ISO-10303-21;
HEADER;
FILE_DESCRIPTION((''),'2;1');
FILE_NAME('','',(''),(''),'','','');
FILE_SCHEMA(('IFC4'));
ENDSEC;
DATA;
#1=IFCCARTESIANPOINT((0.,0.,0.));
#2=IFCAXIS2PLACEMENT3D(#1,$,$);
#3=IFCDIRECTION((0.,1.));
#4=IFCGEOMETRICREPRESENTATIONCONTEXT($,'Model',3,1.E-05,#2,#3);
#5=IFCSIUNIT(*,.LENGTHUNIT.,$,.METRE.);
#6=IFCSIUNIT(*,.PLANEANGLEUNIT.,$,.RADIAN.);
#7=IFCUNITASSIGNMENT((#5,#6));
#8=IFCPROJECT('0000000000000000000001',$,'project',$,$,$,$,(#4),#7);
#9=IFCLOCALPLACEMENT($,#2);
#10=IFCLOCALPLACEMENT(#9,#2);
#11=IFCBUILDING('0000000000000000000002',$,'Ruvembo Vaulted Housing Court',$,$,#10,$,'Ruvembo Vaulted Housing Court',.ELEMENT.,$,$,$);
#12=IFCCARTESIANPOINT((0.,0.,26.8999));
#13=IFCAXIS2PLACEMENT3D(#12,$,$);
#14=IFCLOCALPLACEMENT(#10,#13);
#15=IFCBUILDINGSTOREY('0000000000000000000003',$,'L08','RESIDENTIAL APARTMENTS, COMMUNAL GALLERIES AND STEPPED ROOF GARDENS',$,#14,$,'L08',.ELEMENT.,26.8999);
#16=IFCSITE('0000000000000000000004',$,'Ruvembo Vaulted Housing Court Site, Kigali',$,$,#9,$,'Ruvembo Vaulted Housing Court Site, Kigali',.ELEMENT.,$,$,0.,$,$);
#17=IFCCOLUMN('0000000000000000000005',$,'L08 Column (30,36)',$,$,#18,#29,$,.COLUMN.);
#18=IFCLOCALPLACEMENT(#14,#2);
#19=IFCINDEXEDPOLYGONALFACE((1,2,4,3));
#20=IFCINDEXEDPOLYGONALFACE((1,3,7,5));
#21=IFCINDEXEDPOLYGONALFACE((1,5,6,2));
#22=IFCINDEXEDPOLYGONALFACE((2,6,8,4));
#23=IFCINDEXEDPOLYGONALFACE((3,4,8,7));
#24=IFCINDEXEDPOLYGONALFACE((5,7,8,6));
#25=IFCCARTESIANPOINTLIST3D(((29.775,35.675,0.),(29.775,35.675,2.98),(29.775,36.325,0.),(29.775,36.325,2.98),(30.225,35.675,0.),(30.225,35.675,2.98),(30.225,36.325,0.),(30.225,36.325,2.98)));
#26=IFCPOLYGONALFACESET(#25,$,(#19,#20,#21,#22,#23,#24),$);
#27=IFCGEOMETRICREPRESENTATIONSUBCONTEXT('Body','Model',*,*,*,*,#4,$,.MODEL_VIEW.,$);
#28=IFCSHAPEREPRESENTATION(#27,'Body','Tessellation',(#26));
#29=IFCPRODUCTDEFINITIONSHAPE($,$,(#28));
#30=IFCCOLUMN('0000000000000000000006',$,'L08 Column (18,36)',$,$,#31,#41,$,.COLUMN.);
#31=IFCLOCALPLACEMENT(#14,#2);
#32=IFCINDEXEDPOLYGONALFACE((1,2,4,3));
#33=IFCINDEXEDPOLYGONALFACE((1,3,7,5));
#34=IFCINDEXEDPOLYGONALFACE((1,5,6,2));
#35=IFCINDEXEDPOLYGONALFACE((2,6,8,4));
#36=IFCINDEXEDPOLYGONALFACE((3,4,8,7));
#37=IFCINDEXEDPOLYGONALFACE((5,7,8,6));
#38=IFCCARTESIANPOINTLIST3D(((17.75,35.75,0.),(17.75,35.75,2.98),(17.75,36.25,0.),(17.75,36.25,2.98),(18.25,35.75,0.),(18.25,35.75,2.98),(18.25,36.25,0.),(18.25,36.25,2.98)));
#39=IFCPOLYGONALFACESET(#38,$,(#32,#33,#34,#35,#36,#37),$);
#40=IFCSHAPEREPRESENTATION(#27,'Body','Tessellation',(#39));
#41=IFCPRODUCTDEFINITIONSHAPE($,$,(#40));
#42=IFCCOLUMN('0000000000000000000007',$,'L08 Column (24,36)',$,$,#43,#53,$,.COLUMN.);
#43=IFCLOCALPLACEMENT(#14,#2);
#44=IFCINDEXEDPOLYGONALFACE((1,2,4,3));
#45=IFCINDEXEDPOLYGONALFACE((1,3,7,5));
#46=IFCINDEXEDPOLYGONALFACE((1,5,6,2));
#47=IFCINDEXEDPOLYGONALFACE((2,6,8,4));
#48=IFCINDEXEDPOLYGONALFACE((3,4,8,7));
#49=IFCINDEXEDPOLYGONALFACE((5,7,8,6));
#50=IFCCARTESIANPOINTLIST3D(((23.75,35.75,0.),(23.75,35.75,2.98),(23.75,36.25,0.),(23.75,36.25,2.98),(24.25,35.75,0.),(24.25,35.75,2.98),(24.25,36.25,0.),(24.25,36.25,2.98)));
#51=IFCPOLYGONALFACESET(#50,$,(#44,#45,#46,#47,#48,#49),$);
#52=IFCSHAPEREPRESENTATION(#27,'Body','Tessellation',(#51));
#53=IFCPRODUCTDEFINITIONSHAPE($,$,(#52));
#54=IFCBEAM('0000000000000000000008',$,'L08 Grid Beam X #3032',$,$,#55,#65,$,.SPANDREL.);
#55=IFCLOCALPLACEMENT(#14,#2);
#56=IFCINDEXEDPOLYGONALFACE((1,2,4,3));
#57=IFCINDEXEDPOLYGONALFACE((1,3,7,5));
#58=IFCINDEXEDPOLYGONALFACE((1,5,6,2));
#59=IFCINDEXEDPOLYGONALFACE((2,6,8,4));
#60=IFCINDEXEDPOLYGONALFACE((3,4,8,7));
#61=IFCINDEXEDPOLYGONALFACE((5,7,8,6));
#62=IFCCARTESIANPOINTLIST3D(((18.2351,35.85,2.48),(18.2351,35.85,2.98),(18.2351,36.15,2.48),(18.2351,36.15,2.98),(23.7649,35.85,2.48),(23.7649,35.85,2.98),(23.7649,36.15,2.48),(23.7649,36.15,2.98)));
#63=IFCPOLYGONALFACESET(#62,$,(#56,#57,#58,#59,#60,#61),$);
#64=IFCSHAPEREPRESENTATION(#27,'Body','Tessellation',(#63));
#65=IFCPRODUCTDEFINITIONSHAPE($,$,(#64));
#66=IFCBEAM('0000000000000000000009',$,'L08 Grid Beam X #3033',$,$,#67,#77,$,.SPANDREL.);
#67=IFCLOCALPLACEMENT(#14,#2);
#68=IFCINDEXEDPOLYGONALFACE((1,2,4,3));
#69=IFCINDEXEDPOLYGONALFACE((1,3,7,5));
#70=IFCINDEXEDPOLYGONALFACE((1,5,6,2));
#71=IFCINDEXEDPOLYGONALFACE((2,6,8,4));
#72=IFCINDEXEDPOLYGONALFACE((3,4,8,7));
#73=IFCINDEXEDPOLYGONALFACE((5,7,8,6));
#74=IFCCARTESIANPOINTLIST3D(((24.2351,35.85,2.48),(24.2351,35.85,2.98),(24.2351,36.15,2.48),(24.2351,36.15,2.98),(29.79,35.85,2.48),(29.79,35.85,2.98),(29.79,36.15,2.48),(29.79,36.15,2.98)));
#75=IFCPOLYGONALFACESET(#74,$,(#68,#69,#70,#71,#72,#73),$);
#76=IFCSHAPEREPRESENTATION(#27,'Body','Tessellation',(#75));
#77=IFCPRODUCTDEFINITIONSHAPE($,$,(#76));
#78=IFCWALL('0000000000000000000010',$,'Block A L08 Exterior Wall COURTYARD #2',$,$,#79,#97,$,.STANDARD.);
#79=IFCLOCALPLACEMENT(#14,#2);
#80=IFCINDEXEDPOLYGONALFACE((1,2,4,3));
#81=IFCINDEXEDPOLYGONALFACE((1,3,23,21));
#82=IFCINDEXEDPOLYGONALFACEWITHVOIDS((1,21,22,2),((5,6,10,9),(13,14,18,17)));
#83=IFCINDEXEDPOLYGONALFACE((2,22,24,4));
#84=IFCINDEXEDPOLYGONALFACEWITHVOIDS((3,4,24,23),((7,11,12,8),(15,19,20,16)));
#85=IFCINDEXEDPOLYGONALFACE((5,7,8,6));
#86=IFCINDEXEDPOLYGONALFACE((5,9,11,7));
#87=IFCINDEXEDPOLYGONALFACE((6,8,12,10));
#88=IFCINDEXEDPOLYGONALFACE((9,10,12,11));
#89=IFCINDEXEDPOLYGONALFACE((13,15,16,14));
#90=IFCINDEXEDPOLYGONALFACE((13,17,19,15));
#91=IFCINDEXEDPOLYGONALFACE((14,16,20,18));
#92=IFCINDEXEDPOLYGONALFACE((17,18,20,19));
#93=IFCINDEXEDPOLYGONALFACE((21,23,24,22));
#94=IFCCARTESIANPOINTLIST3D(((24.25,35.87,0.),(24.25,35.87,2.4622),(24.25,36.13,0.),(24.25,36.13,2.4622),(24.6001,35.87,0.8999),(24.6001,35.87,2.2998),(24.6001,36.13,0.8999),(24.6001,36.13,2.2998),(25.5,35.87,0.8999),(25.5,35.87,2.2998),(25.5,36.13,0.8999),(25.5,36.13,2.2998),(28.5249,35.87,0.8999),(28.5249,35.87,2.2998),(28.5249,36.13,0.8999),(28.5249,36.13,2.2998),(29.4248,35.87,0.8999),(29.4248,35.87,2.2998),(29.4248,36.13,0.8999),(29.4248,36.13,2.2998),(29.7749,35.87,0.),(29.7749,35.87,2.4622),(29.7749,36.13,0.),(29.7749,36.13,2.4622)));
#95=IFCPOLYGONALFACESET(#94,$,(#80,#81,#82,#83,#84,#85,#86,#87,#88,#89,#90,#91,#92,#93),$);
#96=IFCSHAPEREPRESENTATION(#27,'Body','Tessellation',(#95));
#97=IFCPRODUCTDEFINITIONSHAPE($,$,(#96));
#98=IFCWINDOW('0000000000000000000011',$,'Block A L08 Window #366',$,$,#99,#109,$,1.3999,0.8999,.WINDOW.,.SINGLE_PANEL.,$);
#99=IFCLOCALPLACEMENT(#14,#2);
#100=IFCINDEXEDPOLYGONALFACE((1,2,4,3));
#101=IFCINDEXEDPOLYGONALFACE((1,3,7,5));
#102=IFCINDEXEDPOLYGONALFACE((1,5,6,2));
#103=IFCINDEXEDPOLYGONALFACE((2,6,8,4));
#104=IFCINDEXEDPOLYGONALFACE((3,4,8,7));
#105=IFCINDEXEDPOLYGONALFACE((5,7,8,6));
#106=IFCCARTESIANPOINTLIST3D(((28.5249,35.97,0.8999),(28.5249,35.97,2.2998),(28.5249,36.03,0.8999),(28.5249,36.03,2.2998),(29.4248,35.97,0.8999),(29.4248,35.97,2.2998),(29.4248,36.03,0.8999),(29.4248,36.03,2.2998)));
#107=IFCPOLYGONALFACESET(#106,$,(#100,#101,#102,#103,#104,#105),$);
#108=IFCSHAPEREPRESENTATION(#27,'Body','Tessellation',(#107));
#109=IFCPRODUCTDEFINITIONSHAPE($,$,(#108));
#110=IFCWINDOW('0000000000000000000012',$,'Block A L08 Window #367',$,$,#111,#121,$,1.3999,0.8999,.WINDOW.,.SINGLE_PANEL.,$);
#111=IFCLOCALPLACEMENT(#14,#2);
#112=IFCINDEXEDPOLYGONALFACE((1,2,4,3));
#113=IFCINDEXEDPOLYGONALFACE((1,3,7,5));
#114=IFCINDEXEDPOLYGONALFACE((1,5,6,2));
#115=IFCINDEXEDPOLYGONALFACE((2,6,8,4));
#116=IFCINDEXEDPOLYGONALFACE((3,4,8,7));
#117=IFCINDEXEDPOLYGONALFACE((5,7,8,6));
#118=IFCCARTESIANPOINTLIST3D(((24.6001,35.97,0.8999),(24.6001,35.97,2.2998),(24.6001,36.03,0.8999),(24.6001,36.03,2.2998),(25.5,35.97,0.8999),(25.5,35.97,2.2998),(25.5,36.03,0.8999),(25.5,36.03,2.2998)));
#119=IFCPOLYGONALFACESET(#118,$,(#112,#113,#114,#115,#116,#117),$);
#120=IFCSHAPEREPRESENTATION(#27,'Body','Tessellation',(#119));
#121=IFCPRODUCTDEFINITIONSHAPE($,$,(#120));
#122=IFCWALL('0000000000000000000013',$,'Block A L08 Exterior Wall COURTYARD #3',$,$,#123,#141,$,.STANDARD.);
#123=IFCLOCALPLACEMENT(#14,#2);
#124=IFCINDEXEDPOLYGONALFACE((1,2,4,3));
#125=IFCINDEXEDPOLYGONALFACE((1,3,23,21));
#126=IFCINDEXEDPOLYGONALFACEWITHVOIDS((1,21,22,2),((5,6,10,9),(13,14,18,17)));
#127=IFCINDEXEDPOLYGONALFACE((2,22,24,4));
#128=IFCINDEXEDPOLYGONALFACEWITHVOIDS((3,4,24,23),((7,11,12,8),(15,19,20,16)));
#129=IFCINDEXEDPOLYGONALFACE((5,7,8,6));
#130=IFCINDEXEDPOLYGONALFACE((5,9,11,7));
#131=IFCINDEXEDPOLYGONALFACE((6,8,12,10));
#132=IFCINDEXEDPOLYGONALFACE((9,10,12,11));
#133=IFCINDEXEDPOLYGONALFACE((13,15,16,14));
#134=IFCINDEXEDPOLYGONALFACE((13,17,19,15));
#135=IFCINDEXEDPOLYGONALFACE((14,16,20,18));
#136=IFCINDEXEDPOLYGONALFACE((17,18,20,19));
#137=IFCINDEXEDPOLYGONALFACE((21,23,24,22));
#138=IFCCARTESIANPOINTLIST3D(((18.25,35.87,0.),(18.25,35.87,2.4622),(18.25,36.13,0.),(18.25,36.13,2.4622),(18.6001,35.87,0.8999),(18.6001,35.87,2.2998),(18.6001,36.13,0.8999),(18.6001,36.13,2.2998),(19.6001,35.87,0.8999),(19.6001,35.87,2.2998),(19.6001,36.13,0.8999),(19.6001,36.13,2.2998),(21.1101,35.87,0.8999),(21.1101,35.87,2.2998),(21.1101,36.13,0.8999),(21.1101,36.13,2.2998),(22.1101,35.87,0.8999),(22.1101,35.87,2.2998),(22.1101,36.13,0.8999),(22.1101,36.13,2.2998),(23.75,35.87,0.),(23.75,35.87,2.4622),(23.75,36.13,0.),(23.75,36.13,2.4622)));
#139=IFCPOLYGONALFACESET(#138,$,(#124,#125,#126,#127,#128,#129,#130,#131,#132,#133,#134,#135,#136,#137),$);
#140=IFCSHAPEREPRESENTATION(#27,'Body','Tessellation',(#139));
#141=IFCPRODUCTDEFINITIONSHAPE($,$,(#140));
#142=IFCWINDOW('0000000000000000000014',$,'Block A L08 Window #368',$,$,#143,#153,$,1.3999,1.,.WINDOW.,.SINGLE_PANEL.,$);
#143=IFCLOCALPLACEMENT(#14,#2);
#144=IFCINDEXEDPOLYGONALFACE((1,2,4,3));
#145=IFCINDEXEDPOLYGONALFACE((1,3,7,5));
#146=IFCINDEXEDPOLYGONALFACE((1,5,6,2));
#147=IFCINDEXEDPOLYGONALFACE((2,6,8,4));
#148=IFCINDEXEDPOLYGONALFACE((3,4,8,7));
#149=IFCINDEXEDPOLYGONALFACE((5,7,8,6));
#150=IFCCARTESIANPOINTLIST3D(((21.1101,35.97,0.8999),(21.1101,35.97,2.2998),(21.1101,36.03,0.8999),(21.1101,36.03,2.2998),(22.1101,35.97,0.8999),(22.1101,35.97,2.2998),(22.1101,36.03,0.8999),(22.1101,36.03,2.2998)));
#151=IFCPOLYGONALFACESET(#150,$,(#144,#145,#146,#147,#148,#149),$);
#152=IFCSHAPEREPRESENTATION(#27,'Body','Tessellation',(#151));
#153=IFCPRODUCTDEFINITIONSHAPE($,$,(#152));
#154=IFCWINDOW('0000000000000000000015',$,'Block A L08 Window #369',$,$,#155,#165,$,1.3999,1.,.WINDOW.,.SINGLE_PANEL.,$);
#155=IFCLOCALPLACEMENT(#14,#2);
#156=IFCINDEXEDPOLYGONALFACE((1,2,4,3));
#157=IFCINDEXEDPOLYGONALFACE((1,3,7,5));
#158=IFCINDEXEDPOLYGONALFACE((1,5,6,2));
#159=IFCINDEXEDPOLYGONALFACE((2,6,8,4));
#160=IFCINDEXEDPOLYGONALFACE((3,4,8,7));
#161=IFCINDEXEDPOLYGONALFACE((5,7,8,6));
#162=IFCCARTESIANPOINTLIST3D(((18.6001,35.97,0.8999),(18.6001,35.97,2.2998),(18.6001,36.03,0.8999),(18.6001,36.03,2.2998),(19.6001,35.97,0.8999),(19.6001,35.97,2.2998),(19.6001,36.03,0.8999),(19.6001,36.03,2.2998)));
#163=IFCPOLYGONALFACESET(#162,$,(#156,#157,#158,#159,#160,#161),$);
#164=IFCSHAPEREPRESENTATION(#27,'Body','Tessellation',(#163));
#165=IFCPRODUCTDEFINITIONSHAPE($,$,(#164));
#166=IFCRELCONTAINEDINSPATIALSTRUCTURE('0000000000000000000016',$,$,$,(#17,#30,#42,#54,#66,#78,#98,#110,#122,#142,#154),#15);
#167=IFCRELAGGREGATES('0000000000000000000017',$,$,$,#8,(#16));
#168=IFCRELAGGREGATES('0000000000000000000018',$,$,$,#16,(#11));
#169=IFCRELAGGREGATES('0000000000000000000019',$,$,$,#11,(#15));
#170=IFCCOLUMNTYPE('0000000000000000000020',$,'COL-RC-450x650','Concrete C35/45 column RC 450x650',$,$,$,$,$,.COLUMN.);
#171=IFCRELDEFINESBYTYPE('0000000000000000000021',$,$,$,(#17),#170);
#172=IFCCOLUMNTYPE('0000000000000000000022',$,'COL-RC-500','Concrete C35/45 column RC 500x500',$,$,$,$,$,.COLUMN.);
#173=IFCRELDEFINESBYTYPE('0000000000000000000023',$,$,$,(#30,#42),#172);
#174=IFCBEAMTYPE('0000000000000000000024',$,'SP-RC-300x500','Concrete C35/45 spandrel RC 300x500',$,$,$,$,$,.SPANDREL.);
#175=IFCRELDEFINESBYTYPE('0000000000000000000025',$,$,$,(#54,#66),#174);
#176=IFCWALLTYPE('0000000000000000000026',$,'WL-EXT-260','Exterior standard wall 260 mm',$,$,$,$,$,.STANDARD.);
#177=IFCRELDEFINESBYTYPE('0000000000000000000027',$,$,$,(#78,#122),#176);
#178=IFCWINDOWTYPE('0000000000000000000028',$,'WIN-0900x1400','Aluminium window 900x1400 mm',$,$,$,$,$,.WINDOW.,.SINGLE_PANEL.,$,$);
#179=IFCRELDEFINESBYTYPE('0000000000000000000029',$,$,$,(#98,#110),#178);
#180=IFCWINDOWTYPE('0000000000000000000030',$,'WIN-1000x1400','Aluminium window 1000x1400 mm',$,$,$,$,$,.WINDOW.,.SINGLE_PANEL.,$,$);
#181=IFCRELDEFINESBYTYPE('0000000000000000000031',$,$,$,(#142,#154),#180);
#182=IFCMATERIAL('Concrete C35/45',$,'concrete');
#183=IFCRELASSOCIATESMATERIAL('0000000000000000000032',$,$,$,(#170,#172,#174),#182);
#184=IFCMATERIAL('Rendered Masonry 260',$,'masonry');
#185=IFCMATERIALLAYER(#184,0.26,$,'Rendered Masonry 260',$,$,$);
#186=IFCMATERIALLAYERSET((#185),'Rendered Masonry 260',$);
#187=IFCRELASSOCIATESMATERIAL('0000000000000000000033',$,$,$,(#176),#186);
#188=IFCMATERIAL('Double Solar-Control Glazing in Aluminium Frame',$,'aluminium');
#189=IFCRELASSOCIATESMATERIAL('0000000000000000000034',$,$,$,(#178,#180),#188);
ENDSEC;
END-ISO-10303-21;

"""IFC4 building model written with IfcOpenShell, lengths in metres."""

from ifc_helpers import new_model, si_unit, direction, frame, frame_2d, origin, origin_2d, place, context, subcontext, project, spatial, rectangle, extrude, material, layer, layer_set, material_profile, profile_set, type_object, element, fill, save


model = new_model("IFC4")

# Units and contexts
model_context = context("Model", 3, precision=1e-05, world=origin(), true_north=direction((0.0, 1.0)))
body_context = subcontext(model_context, "Body", "Model", "MODEL_VIEW")
ifc_project = project(units=[si_unit("LENGTHUNIT", "METRE"), si_unit("PLANEANGLEUNIT", "RADIAN")], contexts=[model_context])

# Site, building, storey
site_placement = place(None, origin())
site = spatial("IfcSite", under=ifc_project, at=site_placement, Name="Ruvembo Vaulted Housing Court Site, Kigali", LongName="Ruvembo Vaulted Housing Court Site, Kigali", CompositionType="ELEMENT", RefElevation=0.0)
building_placement = place(site_placement, origin())
building = spatial("IfcBuilding", under=site, at=building_placement, Name="Ruvembo Vaulted Housing Court", LongName="Ruvembo Vaulted Housing Court", CompositionType="ELEMENT")
storey_placement = place(building_placement, frame((0.0, 0.0, 26.8999)))
storey = spatial("IfcBuildingStorey", under=building, at=storey_placement, Name="L08", Description="RESIDENTIAL APARTMENTS, COMMUNAL GALLERIES AND STEPPED ROOF GARDENS", LongName="L08", CompositionType="ELEMENT", Elevation=26.8999)

# Columns
ifc_material_1 = material(Name="Concrete C35/45", Category="concrete")
ifc_material_profile_1 = material_profile(ifc_material_1, rectangle(XDim=0.45, YDim=0.6499, at=origin_2d()), Name="RC 450x650")
ifc_profile_set_1 = profile_set([ifc_material_profile_1], Name="Concrete C35/45")
column_type_1 = type_object("IfcColumnType", Name="COL-RC-450x650", Description="Concrete C35/45 column RC 450x650", PredefinedType="COLUMN", material=ifc_profile_set_1)
column_placement = place(storey_placement, frame((30.0, 36.0, 0.0), z_axis=(0.0, 0.0, 1.0), x_axis=(1.0, 0.0, 0.0)))
element("IfcColumn", 1, at=column_placement, inside=storey, type_object=column_type_1, Name="L08 Column (30,36)", PredefinedType="COLUMN", context=body_context, shape_type="SweptSolid", body=[
    extrude(rectangle(XDim=0.45, YDim=0.6499, at=origin_2d()), origin(), (0.0, 0.0, 1.0), 2.98),
])
ifc_material_profile_2 = material_profile(ifc_material_1, rectangle(XDim=0.5, YDim=0.5, at=origin_2d()), Name="RC 500x500")
ifc_profile_set_2 = profile_set([ifc_material_profile_2], Name="Concrete C35/45")
column_type_2 = type_object("IfcColumnType", Name="COL-RC-500", Description="Concrete C35/45 column RC 500x500", PredefinedType="COLUMN", material=ifc_profile_set_2)
for number, where, z_axis, x_axis, name in (
    (2, (18.0, 36.0, 0.0), (0.0, 0.0, 1.0), (1.0, 0.0, 0.0), "L08 Column (18,36)"),
    (3, (24.0, 36.0, 0.0), (0.0, 0.0, 1.0), (1.0, 0.0, 0.0), "L08 Column (24,36)"),
):
    element("IfcColumn", number, at=place(storey_placement, frame(where, z_axis=z_axis, x_axis=x_axis)), inside=storey, type_object=column_type_2, Name=name, PredefinedType="COLUMN", context=body_context, shape_type="SweptSolid", body=[
        extrude(rectangle(XDim=0.5, YDim=0.5, at=origin_2d()), origin(), (0.0, 0.0, 1.0), 2.98),
    ])

# Beams
ifc_material_profile_3 = material_profile(ifc_material_1, rectangle(XDim=0.3, YDim=0.5, at=origin_2d()), Name="RC 300x500")
ifc_profile_set_3 = profile_set([ifc_material_profile_3], Name="Concrete C35/45")
beam_type = type_object("IfcBeamType", Name="SP-RC-300x500", Description="Concrete C35/45 spandrel RC 300x500", PredefinedType="SPANDREL", material=ifc_profile_set_3)
beam_1_placement = place(storey_placement, frame((18.2351, 36.0, 2.73), z_axis=(1.0, 0.0, 0.0), x_axis=(0.0, 1.0, 0.0)))
element("IfcBeam", 4, at=beam_1_placement, inside=storey, type_object=beam_type, Name="L08 Grid Beam X #3032", PredefinedType="SPANDREL", context=body_context, shape_type="SweptSolid", body=[
    extrude(rectangle(XDim=0.3, YDim=0.5, at=origin_2d()), origin(), (0.0, 0.0, 1.0), 5.5298),
])
beam_2_placement = place(storey_placement, frame((24.2351, 36.0, 2.73), z_axis=(1.0, 0.0, 0.0), x_axis=(0.0, 1.0, 0.0)))
element("IfcBeam", 5, at=beam_2_placement, inside=storey, type_object=beam_type, Name="L08 Grid Beam X #3033", PredefinedType="SPANDREL", context=body_context, shape_type="SweptSolid", body=[
    extrude(rectangle(XDim=0.3, YDim=0.5, at=origin_2d()), origin(), (0.0, 0.0, 1.0), 5.5549),
])

# Walls, openings, windows
ifc_material_2 = material(Name="Rendered Masonry 260", Category="masonry")
ifc_layer_1 = layer(ifc_material_2, 0.26, Name="Rendered Masonry 260")
ifc_layer_set_1 = layer_set([ifc_layer_1], Name="Rendered Masonry 260")
wall_type_1 = type_object("IfcWallType", Name="WL-EXT-260", Description="Exterior standard wall 260 mm", PredefinedType="STANDARD", material=ifc_layer_set_1)
wall_1_placement = place(storey_placement, frame((29.7749, 36.0, 0.0), z_axis=(0.0, 0.0, 1.0), x_axis=(-1.0, 0.0, 0.0)))
wall_1 = element("IfcWall", 6, at=wall_1_placement, inside=storey, type_object=wall_type_1, Name="Block A L08 Exterior Wall COURTYARD #2", PredefinedType="STANDARD", context=body_context, shape_type="SweptSolid", body=[
    extrude(rectangle(XDim=5.5249, YDim=0.26, at=frame_2d((2.7625, 0.0))), origin(), (0.0, 0.0, 1.0), 2.4622),
])
opening_1_placement = place(wall_1_placement, frame((0.3501, 0.0, 0.8999)))
opening_1 = element("IfcOpeningElement", 7, at=opening_1_placement, cuts=wall_1, PredefinedType="OPENING", context=body_context, shape_type="SweptSolid", body=[
    extrude(rectangle(XDim=0.8999, YDim=1.3999, at=frame_2d((0.45, 0.7))), frame((0.0, 0.1399, 0.0), z_axis=(0.0, -1.0, 0.0), x_axis=(1.0, 0.0, 0.0)), (0.0, 0.0, 1.0), 0.28),
])
opening_2_placement = place(wall_1_placement, frame((4.2749, 0.0, 0.8999)))
opening_2 = element("IfcOpeningElement", 8, at=opening_2_placement, cuts=wall_1, PredefinedType="OPENING", context=body_context, shape_type="SweptSolid", body=[
    extrude(rectangle(XDim=0.8999, YDim=1.3999, at=frame_2d((0.45, 0.7))), frame((0.0, 0.1399, 0.0), z_axis=(0.0, -1.0, 0.0), x_axis=(1.0, 0.0, 0.0)), (0.0, 0.0, 1.0), 0.28),
])
ifc_material_3 = material(Name="Double Solar-Control Glazing in Aluminium Frame", Category="aluminium")
window_type_1 = type_object("IfcWindowType", Name="WIN-0900x1400", Description="Aluminium window 900x1400 mm", PartitioningType="SINGLE_PANEL", PredefinedType="WINDOW", material=ifc_material_3)
window_1_placement = place(opening_1_placement, origin())
window_1 = element("IfcWindow", 9, at=window_1_placement, inside=storey, type_object=window_type_1, Name="Block A L08 Window #366", OverallHeight=1.3999, OverallWidth=0.8999, PartitioningType="SINGLE_PANEL", PredefinedType="WINDOW", context=body_context, shape_type="SweptSolid", body=[
    extrude(rectangle(XDim=0.8999, YDim=1.3999, at=frame_2d((0.45, 0.7))), frame((0.0, 0.03, 0.0), z_axis=(0.0, -1.0, 0.0), x_axis=(1.0, 0.0, 0.0)), (0.0, 0.0, 1.0), 0.0601),
])
fill(opening_1, window_1)
window_2_placement = place(opening_2_placement, origin())
window_2 = element("IfcWindow", 10, at=window_2_placement, inside=storey, type_object=window_type_1, Name="Block A L08 Window #367", OverallHeight=1.3999, OverallWidth=0.8999, PartitioningType="SINGLE_PANEL", PredefinedType="WINDOW", context=body_context, shape_type="SweptSolid", body=[
    extrude(rectangle(XDim=0.8999, YDim=1.3999, at=frame_2d((0.45, 0.7))), frame((0.0, 0.03, 0.0), z_axis=(0.0, -1.0, 0.0), x_axis=(1.0, 0.0, 0.0)), (0.0, 0.0, 1.0), 0.0601),
])
fill(opening_2, window_2)
wall_2_placement = place(storey_placement, frame((23.75, 36.0, 0.0), z_axis=(0.0, 0.0, 1.0), x_axis=(-1.0, 0.0, 0.0)))
wall_2 = element("IfcWall", 11, at=wall_2_placement, inside=storey, type_object=wall_type_1, Name="Block A L08 Exterior Wall COURTYARD #3", PredefinedType="STANDARD", context=body_context, shape_type="SweptSolid", body=[
    extrude(rectangle(XDim=5.5, YDim=0.26, at=frame_2d((2.75, 0.0))), origin(), (0.0, 0.0, 1.0), 2.4622),
])
opening_3_placement = place(wall_2_placement, frame((1.6399, 0.0, 0.8999)))
opening_3 = element("IfcOpeningElement", 12, at=opening_3_placement, cuts=wall_2, PredefinedType="OPENING", context=body_context, shape_type="SweptSolid", body=[
    extrude(rectangle(XDim=1.0, YDim=1.3999, at=frame_2d((0.5, 0.7))), frame((0.0, 0.1399, 0.0), z_axis=(0.0, -1.0, 0.0), x_axis=(1.0, 0.0, 0.0)), (0.0, 0.0, 1.0), 0.28),
])
opening_4_placement = place(wall_2_placement, frame((4.1499, 0.0, 0.8999)))
opening_4 = element("IfcOpeningElement", 13, at=opening_4_placement, cuts=wall_2, PredefinedType="OPENING", context=body_context, shape_type="SweptSolid", body=[
    extrude(rectangle(XDim=1.0, YDim=1.3999, at=frame_2d((0.5, 0.7))), frame((0.0, 0.1399, 0.0), z_axis=(0.0, -1.0, 0.0), x_axis=(1.0, 0.0, 0.0)), (0.0, 0.0, 1.0), 0.28),
])
window_type_2 = type_object("IfcWindowType", Name="WIN-1000x1400", Description="Aluminium window 1000x1400 mm", PartitioningType="SINGLE_PANEL", PredefinedType="WINDOW", material=ifc_material_3)
window_3_placement = place(opening_3_placement, origin())
window_3 = element("IfcWindow", 14, at=window_3_placement, inside=storey, type_object=window_type_2, Name="Block A L08 Window #368", OverallHeight=1.3999, OverallWidth=1.0, PartitioningType="SINGLE_PANEL", PredefinedType="WINDOW", context=body_context, shape_type="SweptSolid", body=[
    extrude(rectangle(XDim=1.0, YDim=1.3999, at=frame_2d((0.5, 0.7))), frame((0.0, 0.03, 0.0), z_axis=(0.0, -1.0, 0.0), x_axis=(1.0, 0.0, 0.0)), (0.0, 0.0, 1.0), 0.0601),
])
fill(opening_3, window_3)
window_4_placement = place(opening_4_placement, origin())
window_4 = element("IfcWindow", 15, at=window_4_placement, inside=storey, type_object=window_type_2, Name="Block A L08 Window #369", OverallHeight=1.3999, OverallWidth=1.0, PartitioningType="SINGLE_PANEL", PredefinedType="WINDOW", context=body_context, shape_type="SweptSolid", body=[
    extrude(rectangle(XDim=1.0, YDim=1.3999, at=frame_2d((0.5, 0.7))), frame((0.0, 0.03, 0.0), z_axis=(0.0, -1.0, 0.0), x_axis=(1.0, 0.0, 0.0)), (0.0, 0.0, 1.0), 0.0601),
])
fill(opening_4, window_4)

save(model, "model.ifc")
